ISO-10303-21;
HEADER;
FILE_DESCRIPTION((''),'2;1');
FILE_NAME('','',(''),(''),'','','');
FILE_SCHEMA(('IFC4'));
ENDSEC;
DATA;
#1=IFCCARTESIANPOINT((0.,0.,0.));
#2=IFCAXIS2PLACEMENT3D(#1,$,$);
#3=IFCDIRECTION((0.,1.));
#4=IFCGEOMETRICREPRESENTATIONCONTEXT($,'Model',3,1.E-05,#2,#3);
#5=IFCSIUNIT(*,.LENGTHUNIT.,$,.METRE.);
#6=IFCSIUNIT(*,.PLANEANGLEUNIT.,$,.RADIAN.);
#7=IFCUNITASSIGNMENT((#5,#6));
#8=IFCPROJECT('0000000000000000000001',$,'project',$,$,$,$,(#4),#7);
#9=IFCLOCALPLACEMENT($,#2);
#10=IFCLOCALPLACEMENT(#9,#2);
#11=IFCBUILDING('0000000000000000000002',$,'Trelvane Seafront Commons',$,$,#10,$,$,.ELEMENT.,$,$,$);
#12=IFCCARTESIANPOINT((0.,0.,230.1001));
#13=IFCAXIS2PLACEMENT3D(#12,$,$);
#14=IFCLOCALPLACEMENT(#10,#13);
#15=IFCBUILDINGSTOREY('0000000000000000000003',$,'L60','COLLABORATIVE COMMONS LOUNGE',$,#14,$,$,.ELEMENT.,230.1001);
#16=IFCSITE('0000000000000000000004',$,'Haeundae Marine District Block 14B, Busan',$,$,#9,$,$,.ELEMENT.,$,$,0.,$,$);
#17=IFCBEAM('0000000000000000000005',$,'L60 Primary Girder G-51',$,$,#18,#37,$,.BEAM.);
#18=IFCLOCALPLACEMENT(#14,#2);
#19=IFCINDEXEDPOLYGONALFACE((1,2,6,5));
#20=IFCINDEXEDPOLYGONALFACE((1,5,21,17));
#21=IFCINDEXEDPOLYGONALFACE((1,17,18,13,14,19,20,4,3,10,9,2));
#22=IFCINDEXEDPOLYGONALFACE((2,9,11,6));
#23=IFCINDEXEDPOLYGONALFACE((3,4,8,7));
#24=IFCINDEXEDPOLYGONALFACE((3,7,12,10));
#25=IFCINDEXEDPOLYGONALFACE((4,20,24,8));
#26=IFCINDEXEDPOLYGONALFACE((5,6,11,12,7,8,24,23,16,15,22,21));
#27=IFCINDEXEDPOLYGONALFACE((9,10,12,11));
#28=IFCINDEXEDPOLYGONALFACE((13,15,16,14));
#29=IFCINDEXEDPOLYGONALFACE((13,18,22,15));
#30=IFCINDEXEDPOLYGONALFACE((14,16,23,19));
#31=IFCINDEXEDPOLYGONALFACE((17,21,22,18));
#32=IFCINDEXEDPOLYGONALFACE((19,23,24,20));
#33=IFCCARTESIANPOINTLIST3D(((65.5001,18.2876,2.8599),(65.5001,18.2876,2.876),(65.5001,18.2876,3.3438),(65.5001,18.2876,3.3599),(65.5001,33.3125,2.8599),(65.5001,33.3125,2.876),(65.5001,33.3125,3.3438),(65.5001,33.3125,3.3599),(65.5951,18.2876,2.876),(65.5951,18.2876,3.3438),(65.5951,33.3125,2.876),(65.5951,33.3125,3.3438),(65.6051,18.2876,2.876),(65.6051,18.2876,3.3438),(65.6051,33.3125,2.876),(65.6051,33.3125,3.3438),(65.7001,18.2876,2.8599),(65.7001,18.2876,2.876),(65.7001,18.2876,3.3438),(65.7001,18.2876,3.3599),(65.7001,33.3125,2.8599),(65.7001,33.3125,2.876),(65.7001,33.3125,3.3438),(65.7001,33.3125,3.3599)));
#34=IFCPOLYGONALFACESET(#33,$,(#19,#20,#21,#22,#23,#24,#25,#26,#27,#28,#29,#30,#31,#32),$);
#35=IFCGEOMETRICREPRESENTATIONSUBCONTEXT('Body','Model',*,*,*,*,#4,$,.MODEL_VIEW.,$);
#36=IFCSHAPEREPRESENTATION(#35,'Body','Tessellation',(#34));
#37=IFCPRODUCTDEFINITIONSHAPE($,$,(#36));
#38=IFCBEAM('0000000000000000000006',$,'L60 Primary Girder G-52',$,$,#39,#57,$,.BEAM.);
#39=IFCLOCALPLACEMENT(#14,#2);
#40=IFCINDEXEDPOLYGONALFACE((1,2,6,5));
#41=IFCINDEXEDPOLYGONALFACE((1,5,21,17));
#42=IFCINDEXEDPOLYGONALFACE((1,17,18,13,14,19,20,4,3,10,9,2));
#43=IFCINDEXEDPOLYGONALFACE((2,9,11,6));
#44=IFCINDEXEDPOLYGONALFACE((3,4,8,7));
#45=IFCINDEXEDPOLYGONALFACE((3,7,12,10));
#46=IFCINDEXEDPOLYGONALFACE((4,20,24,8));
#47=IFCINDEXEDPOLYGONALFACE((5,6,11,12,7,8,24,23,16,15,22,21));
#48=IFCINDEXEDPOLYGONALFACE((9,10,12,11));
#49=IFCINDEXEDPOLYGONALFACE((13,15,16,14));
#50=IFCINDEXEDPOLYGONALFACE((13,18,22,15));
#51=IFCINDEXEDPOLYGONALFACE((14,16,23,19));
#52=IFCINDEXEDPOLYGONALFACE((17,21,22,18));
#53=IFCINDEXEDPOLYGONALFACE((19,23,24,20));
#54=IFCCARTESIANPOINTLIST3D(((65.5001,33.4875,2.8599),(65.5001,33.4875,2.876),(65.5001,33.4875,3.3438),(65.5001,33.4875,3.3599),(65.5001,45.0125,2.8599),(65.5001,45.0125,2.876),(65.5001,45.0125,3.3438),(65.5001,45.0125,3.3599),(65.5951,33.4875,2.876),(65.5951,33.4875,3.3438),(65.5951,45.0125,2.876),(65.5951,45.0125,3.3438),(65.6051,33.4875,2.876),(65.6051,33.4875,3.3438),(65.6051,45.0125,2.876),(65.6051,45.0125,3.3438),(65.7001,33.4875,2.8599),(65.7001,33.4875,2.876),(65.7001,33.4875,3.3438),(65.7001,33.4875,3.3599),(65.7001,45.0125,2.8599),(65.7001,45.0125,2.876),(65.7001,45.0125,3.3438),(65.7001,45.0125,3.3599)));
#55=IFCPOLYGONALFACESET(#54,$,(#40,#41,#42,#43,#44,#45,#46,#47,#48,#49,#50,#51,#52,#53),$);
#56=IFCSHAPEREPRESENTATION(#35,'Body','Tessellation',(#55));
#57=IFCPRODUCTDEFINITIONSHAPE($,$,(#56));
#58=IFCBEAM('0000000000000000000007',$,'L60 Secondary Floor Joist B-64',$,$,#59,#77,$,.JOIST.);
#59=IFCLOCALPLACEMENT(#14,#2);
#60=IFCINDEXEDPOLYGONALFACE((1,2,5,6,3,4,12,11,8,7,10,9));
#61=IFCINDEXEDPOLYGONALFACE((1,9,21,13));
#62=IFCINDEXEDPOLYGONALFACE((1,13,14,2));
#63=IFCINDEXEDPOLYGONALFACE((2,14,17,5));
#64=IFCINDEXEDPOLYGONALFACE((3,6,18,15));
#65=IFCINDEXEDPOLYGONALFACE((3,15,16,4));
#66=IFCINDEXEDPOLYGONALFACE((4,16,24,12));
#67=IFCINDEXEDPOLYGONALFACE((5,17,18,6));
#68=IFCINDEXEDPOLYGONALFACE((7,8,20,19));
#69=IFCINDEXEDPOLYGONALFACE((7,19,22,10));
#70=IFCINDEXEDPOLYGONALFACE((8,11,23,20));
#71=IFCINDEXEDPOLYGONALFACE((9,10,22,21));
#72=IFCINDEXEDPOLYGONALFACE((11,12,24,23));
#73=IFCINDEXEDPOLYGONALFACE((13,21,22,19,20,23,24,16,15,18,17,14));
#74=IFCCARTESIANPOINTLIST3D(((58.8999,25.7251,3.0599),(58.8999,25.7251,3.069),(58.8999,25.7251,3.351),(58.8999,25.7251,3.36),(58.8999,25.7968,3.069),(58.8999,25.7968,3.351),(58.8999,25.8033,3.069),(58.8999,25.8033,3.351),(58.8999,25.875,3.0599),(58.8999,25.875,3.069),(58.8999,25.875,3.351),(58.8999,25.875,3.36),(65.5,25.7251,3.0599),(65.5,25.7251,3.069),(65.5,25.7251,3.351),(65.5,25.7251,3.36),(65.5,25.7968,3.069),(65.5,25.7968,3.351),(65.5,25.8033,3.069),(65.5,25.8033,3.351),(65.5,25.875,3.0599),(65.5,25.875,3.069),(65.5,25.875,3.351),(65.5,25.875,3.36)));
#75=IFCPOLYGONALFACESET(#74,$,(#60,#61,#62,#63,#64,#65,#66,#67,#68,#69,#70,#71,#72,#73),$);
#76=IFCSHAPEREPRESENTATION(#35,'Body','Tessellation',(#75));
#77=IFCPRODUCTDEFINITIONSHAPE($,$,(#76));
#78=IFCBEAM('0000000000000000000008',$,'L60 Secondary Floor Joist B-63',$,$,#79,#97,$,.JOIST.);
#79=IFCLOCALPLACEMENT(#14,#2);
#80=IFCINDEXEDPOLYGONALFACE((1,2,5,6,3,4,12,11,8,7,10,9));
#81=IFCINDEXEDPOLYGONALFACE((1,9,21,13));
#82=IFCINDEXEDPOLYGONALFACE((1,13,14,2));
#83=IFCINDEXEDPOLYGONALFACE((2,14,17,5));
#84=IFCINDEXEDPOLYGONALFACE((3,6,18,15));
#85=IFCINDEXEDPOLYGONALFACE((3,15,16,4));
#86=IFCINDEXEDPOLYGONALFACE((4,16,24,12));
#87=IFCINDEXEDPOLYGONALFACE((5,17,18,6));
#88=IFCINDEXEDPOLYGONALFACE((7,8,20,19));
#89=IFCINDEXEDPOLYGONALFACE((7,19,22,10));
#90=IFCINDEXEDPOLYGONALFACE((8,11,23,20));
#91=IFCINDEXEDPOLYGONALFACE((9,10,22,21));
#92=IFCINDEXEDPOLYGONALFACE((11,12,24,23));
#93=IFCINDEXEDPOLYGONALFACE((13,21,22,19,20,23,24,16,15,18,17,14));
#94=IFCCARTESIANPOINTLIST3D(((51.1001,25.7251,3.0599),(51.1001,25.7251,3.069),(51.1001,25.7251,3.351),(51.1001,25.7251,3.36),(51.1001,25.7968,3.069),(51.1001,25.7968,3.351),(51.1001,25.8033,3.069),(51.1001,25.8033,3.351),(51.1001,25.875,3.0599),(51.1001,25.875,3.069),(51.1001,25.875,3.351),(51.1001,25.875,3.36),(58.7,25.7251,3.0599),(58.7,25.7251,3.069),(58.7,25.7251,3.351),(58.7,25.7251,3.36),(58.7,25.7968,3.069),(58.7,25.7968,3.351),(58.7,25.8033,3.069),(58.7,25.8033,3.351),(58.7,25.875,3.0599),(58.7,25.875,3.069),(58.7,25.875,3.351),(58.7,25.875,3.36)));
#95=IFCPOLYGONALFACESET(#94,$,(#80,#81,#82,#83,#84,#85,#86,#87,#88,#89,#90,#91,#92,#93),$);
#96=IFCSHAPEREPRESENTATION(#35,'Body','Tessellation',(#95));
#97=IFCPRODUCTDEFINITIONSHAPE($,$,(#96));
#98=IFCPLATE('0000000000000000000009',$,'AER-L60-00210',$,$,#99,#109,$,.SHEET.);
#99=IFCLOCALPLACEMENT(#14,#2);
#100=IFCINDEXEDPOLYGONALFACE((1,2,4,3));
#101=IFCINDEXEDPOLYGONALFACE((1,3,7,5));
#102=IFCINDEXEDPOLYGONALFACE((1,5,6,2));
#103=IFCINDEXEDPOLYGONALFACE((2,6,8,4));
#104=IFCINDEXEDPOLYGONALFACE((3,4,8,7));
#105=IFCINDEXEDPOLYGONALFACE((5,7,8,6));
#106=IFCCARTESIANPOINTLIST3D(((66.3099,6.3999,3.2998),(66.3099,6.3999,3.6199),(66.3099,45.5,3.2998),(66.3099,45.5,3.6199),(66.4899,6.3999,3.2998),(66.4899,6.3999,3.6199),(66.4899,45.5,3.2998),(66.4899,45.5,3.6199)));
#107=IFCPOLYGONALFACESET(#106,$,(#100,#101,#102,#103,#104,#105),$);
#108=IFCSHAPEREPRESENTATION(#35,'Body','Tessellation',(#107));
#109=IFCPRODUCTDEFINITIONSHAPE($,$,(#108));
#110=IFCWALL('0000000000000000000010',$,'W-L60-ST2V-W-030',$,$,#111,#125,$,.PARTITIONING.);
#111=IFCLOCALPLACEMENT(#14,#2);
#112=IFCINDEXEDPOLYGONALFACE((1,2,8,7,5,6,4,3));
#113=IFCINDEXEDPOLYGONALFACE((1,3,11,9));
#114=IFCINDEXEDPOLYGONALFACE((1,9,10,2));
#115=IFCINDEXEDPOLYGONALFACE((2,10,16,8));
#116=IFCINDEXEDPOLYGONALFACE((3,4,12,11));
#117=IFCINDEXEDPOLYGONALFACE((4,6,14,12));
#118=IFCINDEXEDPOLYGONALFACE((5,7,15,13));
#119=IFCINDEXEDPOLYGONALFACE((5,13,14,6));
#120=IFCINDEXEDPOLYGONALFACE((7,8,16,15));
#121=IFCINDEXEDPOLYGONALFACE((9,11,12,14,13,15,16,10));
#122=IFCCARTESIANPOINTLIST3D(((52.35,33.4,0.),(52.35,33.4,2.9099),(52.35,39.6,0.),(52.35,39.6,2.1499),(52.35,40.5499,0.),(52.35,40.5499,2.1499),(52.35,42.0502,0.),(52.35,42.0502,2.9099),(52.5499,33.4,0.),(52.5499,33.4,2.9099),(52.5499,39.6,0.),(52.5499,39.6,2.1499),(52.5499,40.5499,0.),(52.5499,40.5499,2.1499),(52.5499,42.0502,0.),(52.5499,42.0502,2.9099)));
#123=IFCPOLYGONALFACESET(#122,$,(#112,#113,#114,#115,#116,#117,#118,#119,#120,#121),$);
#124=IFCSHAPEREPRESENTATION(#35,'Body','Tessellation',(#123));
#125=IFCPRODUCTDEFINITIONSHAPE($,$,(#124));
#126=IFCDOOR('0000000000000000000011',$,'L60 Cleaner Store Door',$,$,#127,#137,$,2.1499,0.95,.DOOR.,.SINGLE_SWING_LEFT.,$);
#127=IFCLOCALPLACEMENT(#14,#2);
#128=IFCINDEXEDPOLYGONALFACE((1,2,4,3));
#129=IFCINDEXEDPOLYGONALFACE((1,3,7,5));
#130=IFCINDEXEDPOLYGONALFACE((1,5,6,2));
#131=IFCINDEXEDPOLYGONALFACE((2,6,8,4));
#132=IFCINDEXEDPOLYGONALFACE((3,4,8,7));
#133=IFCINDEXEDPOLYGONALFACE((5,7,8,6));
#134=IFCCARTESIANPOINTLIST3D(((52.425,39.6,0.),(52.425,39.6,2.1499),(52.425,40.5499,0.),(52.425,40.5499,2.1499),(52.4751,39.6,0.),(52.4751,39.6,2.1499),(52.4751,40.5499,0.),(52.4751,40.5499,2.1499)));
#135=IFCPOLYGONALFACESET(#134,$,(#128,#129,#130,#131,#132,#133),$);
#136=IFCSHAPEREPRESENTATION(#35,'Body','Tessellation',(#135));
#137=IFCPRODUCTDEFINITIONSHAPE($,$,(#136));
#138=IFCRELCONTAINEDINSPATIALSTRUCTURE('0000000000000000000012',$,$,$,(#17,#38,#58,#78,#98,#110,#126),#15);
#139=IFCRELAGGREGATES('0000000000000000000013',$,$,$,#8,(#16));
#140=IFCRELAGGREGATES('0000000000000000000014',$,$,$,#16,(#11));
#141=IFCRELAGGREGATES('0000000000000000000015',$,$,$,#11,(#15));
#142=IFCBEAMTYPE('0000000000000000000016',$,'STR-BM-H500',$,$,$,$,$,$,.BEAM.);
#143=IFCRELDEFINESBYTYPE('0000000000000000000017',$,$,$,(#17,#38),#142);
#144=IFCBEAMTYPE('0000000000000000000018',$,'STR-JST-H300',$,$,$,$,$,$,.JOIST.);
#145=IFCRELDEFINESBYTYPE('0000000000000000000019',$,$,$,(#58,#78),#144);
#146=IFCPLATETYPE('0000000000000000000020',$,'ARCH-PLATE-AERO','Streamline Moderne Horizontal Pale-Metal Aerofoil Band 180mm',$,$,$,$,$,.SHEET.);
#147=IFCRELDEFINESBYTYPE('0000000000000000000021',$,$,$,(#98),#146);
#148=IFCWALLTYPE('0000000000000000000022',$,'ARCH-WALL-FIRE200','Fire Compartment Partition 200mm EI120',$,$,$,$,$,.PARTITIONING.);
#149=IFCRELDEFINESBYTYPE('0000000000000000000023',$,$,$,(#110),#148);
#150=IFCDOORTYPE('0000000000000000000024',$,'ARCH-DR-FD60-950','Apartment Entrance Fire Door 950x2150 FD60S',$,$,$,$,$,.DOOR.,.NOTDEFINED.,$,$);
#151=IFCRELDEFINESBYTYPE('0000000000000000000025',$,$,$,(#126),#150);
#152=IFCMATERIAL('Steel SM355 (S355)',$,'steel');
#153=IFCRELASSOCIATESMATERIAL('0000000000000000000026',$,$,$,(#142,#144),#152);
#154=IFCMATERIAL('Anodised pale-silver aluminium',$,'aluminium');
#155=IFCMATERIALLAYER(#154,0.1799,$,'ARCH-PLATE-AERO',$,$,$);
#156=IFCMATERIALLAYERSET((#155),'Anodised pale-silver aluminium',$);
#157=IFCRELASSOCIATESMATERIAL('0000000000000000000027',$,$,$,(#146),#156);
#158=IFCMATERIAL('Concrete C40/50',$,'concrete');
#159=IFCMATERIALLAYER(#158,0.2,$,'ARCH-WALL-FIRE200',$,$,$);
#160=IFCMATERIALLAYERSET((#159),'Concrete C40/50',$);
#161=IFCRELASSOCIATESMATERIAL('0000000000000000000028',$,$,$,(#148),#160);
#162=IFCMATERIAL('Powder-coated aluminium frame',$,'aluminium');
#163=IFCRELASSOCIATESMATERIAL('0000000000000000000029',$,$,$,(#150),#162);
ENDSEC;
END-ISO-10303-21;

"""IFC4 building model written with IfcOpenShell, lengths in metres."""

from ifc_helpers import new_model, si_unit, direction, frame, frame_2d, origin, origin_2d, place, context, subcontext, project, spatial, rectangle, i_section, extrude, source, transform, mapped, material, layer, layer_set, material_profile, profile_set, type_object, element, fill, save


model = new_model("IFC4")

# Units and contexts
model_context = context("Model", 3, precision=1e-05, world=origin(), true_north=direction((0.0, 1.0)))
body_context = subcontext(model_context, "Body", "Model", "MODEL_VIEW")
ifc_project = project(units=[si_unit("LENGTHUNIT", "METRE"), si_unit("PLANEANGLEUNIT", "RADIAN")], contexts=[model_context])

# Site, building, storey
site_placement = place(None, origin())
site = spatial("IfcSite", under=ifc_project, at=site_placement, Name="Haeundae Marine District Block 14B, Busan", CompositionType="ELEMENT", RefElevation=0.0)
building_placement = place(site_placement, origin())
building = spatial("IfcBuilding", under=site, at=building_placement, Name="Trelvane Seafront Commons", CompositionType="ELEMENT")
storey_placement = place(building_placement, frame((0.0, 0.0, 230.1001)))
storey = spatial("IfcBuildingStorey", under=building, at=storey_placement, Name="L60", Description="COLLABORATIVE COMMONS LOUNGE", CompositionType="ELEMENT", Elevation=230.1001)

# Shared definitions
ifc_material_1 = material(Name="Steel SM355 (S355)", Category="steel")

# Beams
ifc_material_profile_1 = material_profile(ifc_material_1, i_section(OverallWidth=0.2, OverallDepth=0.5, WebThickness=0.01, FlangeThickness=0.0161, at=origin_2d()), Name="H-500x200x10x16")
ifc_profile_set_1 = profile_set([ifc_material_profile_1], Name="Steel SM355 (S355)")
beam_type_1 = type_object("IfcBeamType", Name="STR-BM-H500", PredefinedType="BEAM", material=ifc_profile_set_1)
shared_shape_1 = source(origin(), body_context, "Body", "SweptSolid", [
    extrude(i_section(OverallWidth=0.2, OverallDepth=0.5, WebThickness=0.01, FlangeThickness=0.0161, at=origin_2d()), origin(), (0.0, 0.0, 1.0), 15.0249),
])
beam_1_placement = place(storey_placement, frame((65.6001, 18.2876, 3.1099), z_axis=(0.0, 1.0, 0.0), x_axis=(-1.0, 0.0, 0.0)))
element("IfcBeam", 1, at=beam_1_placement, inside=storey, type_object=beam_type_1, Name="L60 Primary Girder G-51", PredefinedType="BEAM", context=body_context, shape_type="MappedRepresentation", body=[
    mapped(shared_shape_1, transform((0.0, 0.0, 0.0), x_axis=(1.0, 0.0, 0.0), y_axis=(0.0, 1.0, 0.0), z_axis=(0.0, 0.0, 1.0), scale=1.0)),
])
shared_shape_2 = source(origin(), body_context, "Body", "SweptSolid", [
    extrude(i_section(OverallWidth=0.2, OverallDepth=0.5, WebThickness=0.01, FlangeThickness=0.0161, at=origin_2d()), origin(), (0.0, 0.0, 1.0), 11.5249),
])
beam_2_placement = place(storey_placement, frame((65.6001, 33.4875, 3.1099), z_axis=(0.0, 1.0, 0.0), x_axis=(-1.0, 0.0, 0.0)))
element("IfcBeam", 2, at=beam_2_placement, inside=storey, type_object=beam_type_1, Name="L60 Primary Girder G-52", PredefinedType="BEAM", context=body_context, shape_type="MappedRepresentation", body=[
    mapped(shared_shape_2, transform((0.0, 0.0, 0.0), x_axis=(1.0, 0.0, 0.0), y_axis=(0.0, 1.0, 0.0), z_axis=(0.0, 0.0, 1.0), scale=1.0)),
])
ifc_material_profile_2 = material_profile(ifc_material_1, i_section(OverallWidth=0.1499, OverallDepth=0.3, WebThickness=0.0066, FlangeThickness=0.009, at=origin_2d()), Name="H-300x150x6.5x9")
ifc_profile_set_2 = profile_set([ifc_material_profile_2], Name="Steel SM355 (S355)")
beam_type_2 = type_object("IfcBeamType", Name="STR-JST-H300", PredefinedType="JOIST", material=ifc_profile_set_2)
shared_shape_3 = source(origin(), body_context, "Body", "SweptSolid", [
    extrude(i_section(OverallWidth=0.1499, OverallDepth=0.3, WebThickness=0.0066, FlangeThickness=0.009, at=origin_2d()), origin(), (0.0, 0.0, 1.0), 6.6001),
])
beam_3_placement = place(storey_placement, frame((58.8999, 25.8, 3.21), z_axis=(1.0, 0.0, 0.0), x_axis=(0.0, 1.0, 0.0)))
element("IfcBeam", 3, at=beam_3_placement, inside=storey, type_object=beam_type_2, Name="L60 Secondary Floor Joist B-64", PredefinedType="JOIST", context=body_context, shape_type="MappedRepresentation", body=[
    mapped(shared_shape_3, transform((0.0, 0.0, 0.0), x_axis=(1.0, 0.0, 0.0), y_axis=(0.0, 1.0, 0.0), z_axis=(0.0, 0.0, 1.0), scale=1.0)),
])
shared_shape_4 = source(origin(), body_context, "Body", "SweptSolid", [
    extrude(i_section(OverallWidth=0.1499, OverallDepth=0.3, WebThickness=0.0066, FlangeThickness=0.009, at=origin_2d()), origin(), (0.0, 0.0, 1.0), 7.5999),
])
beam_4_placement = place(storey_placement, frame((51.1001, 25.8, 3.21), z_axis=(1.0, 0.0, 0.0), x_axis=(0.0, 1.0, 0.0)))
element("IfcBeam", 4, at=beam_4_placement, inside=storey, type_object=beam_type_2, Name="L60 Secondary Floor Joist B-63", PredefinedType="JOIST", context=body_context, shape_type="MappedRepresentation", body=[
    mapped(shared_shape_4, transform((0.0, 0.0, 0.0), x_axis=(1.0, 0.0, 0.0), y_axis=(0.0, 1.0, 0.0), z_axis=(0.0, 0.0, 1.0), scale=1.0)),
])

# Plate
ifc_material_2 = material(Name="Anodised pale-silver aluminium", Category="aluminium")
ifc_layer_1 = layer(ifc_material_2, 0.1799, Name="ARCH-PLATE-AERO")
ifc_layer_set_1 = layer_set([ifc_layer_1], Name="Anodised pale-silver aluminium")
plate_type = type_object("IfcPlateType", Name="ARCH-PLATE-AERO", Description="Streamline Moderne Horizontal Pale-Metal Aerofoil Band 180mm", PredefinedType="SHEET", material=ifc_layer_set_1)
shared_shape_5 = source(origin(), body_context, "Body", "SweptSolid", [
    extrude(rectangle(XDim=39.1001, YDim=0.1799, at=origin_2d()), origin(), (0.0, 0.0, 1.0), 0.3201),
])
plate_placement = place(storey_placement, frame((66.3999, 25.95, 3.2998), z_axis=(0.0, 0.0, 1.0), x_axis=(0.0, -1.0, 0.0)))
element("IfcPlate", 5, at=plate_placement, inside=storey, type_object=plate_type, Name="AER-L60-00210", PredefinedType="SHEET", context=body_context, shape_type="MappedRepresentation", body=[
    mapped(shared_shape_5, transform((0.0, 0.0, 0.0), x_axis=(1.0, 0.0, 0.0), y_axis=(0.0, 1.0, 0.0), z_axis=(0.0, 0.0, 1.0), scale=1.0)),
])

# Wall, opening, door
ifc_material_3 = material(Name="Concrete C40/50", Category="concrete")
ifc_layer_2 = layer(ifc_material_3, 0.2, Name="ARCH-WALL-FIRE200")
ifc_layer_set_2 = layer_set([ifc_layer_2], Name="Concrete C40/50")
wall_type_1 = type_object("IfcWallType", Name="ARCH-WALL-FIRE200", Description="Fire Compartment Partition 200mm EI120", PredefinedType="PARTITIONING", material=ifc_layer_set_2)
wall_1_placement = place(storey_placement, frame((52.45, 33.3999, 0.0), z_axis=(0.0, 0.0, 1.0), x_axis=(0.0, 1.0, 0.0)))
wall_1 = element("IfcWall", 6, at=wall_1_placement, inside=storey, type_object=wall_type_1, Name="W-L60-ST2V-W-030", PredefinedType="PARTITIONING", context=body_context, shape_type="SweptSolid", body=[
    extrude(rectangle(XDim=8.6501, YDim=0.2, at=frame_2d((4.3252, 0.0))), origin(), (0.0, 0.0, 1.0), 2.9099),
])
opening_1_placement = place(wall_1_placement, frame((6.2, 0.0, 0.0)))
opening_1 = element("IfcOpeningElement", 7, at=opening_1_placement, cuts=wall_1, PredefinedType="OPENING", context=body_context, shape_type="SweptSolid", body=[
    extrude(rectangle(XDim=0.95, YDim=2.1499, at=frame_2d((0.4751, 1.075))), frame((0.0, 0.1099, 0.0), z_axis=(0.0, -1.0, 0.0), x_axis=(1.0, 0.0, 0.0)), (0.0, 0.0, 1.0), 0.22),
])
ifc_material_4 = material(Name="Powder-coated aluminium frame", Category="aluminium")
door_type_1 = type_object("IfcDoorType", Name="ARCH-DR-FD60-950", Description="Apartment Entrance Fire Door 950x2150 FD60S", OperationType="NOTDEFINED", PredefinedType="DOOR", material=ifc_material_4)
shared_shape_6 = source(origin(), body_context, "Body", "SweptSolid", [
    extrude(rectangle(XDim=0.95, YDim=2.1499, at=frame_2d((0.4751, 1.075))), frame((0.0, 0.0249, 0.0), z_axis=(0.0, -1.0, 0.0), x_axis=(1.0, 0.0, 0.0)), (0.0, 0.0, 1.0), 0.05),
])
door_1_placement = place(opening_1_placement, origin())
door_1 = element("IfcDoor", 8, at=door_1_placement, inside=storey, type_object=door_type_1, Name="L60 Cleaner Store Door", OperationType="SINGLE_SWING_LEFT", OverallHeight=2.1499, OverallWidth=0.95, PredefinedType="DOOR", context=body_context, shape_type="MappedRepresentation", body=[
    mapped(shared_shape_6, transform((0.0, 0.0, 0.0), x_axis=(1.0, 0.0, 0.0), y_axis=(0.0, 1.0, 0.0), z_axis=(0.0, 0.0, 1.0), scale=1.0)),
])
fill(opening_1, door_1)

save(model, "model.ifc")
